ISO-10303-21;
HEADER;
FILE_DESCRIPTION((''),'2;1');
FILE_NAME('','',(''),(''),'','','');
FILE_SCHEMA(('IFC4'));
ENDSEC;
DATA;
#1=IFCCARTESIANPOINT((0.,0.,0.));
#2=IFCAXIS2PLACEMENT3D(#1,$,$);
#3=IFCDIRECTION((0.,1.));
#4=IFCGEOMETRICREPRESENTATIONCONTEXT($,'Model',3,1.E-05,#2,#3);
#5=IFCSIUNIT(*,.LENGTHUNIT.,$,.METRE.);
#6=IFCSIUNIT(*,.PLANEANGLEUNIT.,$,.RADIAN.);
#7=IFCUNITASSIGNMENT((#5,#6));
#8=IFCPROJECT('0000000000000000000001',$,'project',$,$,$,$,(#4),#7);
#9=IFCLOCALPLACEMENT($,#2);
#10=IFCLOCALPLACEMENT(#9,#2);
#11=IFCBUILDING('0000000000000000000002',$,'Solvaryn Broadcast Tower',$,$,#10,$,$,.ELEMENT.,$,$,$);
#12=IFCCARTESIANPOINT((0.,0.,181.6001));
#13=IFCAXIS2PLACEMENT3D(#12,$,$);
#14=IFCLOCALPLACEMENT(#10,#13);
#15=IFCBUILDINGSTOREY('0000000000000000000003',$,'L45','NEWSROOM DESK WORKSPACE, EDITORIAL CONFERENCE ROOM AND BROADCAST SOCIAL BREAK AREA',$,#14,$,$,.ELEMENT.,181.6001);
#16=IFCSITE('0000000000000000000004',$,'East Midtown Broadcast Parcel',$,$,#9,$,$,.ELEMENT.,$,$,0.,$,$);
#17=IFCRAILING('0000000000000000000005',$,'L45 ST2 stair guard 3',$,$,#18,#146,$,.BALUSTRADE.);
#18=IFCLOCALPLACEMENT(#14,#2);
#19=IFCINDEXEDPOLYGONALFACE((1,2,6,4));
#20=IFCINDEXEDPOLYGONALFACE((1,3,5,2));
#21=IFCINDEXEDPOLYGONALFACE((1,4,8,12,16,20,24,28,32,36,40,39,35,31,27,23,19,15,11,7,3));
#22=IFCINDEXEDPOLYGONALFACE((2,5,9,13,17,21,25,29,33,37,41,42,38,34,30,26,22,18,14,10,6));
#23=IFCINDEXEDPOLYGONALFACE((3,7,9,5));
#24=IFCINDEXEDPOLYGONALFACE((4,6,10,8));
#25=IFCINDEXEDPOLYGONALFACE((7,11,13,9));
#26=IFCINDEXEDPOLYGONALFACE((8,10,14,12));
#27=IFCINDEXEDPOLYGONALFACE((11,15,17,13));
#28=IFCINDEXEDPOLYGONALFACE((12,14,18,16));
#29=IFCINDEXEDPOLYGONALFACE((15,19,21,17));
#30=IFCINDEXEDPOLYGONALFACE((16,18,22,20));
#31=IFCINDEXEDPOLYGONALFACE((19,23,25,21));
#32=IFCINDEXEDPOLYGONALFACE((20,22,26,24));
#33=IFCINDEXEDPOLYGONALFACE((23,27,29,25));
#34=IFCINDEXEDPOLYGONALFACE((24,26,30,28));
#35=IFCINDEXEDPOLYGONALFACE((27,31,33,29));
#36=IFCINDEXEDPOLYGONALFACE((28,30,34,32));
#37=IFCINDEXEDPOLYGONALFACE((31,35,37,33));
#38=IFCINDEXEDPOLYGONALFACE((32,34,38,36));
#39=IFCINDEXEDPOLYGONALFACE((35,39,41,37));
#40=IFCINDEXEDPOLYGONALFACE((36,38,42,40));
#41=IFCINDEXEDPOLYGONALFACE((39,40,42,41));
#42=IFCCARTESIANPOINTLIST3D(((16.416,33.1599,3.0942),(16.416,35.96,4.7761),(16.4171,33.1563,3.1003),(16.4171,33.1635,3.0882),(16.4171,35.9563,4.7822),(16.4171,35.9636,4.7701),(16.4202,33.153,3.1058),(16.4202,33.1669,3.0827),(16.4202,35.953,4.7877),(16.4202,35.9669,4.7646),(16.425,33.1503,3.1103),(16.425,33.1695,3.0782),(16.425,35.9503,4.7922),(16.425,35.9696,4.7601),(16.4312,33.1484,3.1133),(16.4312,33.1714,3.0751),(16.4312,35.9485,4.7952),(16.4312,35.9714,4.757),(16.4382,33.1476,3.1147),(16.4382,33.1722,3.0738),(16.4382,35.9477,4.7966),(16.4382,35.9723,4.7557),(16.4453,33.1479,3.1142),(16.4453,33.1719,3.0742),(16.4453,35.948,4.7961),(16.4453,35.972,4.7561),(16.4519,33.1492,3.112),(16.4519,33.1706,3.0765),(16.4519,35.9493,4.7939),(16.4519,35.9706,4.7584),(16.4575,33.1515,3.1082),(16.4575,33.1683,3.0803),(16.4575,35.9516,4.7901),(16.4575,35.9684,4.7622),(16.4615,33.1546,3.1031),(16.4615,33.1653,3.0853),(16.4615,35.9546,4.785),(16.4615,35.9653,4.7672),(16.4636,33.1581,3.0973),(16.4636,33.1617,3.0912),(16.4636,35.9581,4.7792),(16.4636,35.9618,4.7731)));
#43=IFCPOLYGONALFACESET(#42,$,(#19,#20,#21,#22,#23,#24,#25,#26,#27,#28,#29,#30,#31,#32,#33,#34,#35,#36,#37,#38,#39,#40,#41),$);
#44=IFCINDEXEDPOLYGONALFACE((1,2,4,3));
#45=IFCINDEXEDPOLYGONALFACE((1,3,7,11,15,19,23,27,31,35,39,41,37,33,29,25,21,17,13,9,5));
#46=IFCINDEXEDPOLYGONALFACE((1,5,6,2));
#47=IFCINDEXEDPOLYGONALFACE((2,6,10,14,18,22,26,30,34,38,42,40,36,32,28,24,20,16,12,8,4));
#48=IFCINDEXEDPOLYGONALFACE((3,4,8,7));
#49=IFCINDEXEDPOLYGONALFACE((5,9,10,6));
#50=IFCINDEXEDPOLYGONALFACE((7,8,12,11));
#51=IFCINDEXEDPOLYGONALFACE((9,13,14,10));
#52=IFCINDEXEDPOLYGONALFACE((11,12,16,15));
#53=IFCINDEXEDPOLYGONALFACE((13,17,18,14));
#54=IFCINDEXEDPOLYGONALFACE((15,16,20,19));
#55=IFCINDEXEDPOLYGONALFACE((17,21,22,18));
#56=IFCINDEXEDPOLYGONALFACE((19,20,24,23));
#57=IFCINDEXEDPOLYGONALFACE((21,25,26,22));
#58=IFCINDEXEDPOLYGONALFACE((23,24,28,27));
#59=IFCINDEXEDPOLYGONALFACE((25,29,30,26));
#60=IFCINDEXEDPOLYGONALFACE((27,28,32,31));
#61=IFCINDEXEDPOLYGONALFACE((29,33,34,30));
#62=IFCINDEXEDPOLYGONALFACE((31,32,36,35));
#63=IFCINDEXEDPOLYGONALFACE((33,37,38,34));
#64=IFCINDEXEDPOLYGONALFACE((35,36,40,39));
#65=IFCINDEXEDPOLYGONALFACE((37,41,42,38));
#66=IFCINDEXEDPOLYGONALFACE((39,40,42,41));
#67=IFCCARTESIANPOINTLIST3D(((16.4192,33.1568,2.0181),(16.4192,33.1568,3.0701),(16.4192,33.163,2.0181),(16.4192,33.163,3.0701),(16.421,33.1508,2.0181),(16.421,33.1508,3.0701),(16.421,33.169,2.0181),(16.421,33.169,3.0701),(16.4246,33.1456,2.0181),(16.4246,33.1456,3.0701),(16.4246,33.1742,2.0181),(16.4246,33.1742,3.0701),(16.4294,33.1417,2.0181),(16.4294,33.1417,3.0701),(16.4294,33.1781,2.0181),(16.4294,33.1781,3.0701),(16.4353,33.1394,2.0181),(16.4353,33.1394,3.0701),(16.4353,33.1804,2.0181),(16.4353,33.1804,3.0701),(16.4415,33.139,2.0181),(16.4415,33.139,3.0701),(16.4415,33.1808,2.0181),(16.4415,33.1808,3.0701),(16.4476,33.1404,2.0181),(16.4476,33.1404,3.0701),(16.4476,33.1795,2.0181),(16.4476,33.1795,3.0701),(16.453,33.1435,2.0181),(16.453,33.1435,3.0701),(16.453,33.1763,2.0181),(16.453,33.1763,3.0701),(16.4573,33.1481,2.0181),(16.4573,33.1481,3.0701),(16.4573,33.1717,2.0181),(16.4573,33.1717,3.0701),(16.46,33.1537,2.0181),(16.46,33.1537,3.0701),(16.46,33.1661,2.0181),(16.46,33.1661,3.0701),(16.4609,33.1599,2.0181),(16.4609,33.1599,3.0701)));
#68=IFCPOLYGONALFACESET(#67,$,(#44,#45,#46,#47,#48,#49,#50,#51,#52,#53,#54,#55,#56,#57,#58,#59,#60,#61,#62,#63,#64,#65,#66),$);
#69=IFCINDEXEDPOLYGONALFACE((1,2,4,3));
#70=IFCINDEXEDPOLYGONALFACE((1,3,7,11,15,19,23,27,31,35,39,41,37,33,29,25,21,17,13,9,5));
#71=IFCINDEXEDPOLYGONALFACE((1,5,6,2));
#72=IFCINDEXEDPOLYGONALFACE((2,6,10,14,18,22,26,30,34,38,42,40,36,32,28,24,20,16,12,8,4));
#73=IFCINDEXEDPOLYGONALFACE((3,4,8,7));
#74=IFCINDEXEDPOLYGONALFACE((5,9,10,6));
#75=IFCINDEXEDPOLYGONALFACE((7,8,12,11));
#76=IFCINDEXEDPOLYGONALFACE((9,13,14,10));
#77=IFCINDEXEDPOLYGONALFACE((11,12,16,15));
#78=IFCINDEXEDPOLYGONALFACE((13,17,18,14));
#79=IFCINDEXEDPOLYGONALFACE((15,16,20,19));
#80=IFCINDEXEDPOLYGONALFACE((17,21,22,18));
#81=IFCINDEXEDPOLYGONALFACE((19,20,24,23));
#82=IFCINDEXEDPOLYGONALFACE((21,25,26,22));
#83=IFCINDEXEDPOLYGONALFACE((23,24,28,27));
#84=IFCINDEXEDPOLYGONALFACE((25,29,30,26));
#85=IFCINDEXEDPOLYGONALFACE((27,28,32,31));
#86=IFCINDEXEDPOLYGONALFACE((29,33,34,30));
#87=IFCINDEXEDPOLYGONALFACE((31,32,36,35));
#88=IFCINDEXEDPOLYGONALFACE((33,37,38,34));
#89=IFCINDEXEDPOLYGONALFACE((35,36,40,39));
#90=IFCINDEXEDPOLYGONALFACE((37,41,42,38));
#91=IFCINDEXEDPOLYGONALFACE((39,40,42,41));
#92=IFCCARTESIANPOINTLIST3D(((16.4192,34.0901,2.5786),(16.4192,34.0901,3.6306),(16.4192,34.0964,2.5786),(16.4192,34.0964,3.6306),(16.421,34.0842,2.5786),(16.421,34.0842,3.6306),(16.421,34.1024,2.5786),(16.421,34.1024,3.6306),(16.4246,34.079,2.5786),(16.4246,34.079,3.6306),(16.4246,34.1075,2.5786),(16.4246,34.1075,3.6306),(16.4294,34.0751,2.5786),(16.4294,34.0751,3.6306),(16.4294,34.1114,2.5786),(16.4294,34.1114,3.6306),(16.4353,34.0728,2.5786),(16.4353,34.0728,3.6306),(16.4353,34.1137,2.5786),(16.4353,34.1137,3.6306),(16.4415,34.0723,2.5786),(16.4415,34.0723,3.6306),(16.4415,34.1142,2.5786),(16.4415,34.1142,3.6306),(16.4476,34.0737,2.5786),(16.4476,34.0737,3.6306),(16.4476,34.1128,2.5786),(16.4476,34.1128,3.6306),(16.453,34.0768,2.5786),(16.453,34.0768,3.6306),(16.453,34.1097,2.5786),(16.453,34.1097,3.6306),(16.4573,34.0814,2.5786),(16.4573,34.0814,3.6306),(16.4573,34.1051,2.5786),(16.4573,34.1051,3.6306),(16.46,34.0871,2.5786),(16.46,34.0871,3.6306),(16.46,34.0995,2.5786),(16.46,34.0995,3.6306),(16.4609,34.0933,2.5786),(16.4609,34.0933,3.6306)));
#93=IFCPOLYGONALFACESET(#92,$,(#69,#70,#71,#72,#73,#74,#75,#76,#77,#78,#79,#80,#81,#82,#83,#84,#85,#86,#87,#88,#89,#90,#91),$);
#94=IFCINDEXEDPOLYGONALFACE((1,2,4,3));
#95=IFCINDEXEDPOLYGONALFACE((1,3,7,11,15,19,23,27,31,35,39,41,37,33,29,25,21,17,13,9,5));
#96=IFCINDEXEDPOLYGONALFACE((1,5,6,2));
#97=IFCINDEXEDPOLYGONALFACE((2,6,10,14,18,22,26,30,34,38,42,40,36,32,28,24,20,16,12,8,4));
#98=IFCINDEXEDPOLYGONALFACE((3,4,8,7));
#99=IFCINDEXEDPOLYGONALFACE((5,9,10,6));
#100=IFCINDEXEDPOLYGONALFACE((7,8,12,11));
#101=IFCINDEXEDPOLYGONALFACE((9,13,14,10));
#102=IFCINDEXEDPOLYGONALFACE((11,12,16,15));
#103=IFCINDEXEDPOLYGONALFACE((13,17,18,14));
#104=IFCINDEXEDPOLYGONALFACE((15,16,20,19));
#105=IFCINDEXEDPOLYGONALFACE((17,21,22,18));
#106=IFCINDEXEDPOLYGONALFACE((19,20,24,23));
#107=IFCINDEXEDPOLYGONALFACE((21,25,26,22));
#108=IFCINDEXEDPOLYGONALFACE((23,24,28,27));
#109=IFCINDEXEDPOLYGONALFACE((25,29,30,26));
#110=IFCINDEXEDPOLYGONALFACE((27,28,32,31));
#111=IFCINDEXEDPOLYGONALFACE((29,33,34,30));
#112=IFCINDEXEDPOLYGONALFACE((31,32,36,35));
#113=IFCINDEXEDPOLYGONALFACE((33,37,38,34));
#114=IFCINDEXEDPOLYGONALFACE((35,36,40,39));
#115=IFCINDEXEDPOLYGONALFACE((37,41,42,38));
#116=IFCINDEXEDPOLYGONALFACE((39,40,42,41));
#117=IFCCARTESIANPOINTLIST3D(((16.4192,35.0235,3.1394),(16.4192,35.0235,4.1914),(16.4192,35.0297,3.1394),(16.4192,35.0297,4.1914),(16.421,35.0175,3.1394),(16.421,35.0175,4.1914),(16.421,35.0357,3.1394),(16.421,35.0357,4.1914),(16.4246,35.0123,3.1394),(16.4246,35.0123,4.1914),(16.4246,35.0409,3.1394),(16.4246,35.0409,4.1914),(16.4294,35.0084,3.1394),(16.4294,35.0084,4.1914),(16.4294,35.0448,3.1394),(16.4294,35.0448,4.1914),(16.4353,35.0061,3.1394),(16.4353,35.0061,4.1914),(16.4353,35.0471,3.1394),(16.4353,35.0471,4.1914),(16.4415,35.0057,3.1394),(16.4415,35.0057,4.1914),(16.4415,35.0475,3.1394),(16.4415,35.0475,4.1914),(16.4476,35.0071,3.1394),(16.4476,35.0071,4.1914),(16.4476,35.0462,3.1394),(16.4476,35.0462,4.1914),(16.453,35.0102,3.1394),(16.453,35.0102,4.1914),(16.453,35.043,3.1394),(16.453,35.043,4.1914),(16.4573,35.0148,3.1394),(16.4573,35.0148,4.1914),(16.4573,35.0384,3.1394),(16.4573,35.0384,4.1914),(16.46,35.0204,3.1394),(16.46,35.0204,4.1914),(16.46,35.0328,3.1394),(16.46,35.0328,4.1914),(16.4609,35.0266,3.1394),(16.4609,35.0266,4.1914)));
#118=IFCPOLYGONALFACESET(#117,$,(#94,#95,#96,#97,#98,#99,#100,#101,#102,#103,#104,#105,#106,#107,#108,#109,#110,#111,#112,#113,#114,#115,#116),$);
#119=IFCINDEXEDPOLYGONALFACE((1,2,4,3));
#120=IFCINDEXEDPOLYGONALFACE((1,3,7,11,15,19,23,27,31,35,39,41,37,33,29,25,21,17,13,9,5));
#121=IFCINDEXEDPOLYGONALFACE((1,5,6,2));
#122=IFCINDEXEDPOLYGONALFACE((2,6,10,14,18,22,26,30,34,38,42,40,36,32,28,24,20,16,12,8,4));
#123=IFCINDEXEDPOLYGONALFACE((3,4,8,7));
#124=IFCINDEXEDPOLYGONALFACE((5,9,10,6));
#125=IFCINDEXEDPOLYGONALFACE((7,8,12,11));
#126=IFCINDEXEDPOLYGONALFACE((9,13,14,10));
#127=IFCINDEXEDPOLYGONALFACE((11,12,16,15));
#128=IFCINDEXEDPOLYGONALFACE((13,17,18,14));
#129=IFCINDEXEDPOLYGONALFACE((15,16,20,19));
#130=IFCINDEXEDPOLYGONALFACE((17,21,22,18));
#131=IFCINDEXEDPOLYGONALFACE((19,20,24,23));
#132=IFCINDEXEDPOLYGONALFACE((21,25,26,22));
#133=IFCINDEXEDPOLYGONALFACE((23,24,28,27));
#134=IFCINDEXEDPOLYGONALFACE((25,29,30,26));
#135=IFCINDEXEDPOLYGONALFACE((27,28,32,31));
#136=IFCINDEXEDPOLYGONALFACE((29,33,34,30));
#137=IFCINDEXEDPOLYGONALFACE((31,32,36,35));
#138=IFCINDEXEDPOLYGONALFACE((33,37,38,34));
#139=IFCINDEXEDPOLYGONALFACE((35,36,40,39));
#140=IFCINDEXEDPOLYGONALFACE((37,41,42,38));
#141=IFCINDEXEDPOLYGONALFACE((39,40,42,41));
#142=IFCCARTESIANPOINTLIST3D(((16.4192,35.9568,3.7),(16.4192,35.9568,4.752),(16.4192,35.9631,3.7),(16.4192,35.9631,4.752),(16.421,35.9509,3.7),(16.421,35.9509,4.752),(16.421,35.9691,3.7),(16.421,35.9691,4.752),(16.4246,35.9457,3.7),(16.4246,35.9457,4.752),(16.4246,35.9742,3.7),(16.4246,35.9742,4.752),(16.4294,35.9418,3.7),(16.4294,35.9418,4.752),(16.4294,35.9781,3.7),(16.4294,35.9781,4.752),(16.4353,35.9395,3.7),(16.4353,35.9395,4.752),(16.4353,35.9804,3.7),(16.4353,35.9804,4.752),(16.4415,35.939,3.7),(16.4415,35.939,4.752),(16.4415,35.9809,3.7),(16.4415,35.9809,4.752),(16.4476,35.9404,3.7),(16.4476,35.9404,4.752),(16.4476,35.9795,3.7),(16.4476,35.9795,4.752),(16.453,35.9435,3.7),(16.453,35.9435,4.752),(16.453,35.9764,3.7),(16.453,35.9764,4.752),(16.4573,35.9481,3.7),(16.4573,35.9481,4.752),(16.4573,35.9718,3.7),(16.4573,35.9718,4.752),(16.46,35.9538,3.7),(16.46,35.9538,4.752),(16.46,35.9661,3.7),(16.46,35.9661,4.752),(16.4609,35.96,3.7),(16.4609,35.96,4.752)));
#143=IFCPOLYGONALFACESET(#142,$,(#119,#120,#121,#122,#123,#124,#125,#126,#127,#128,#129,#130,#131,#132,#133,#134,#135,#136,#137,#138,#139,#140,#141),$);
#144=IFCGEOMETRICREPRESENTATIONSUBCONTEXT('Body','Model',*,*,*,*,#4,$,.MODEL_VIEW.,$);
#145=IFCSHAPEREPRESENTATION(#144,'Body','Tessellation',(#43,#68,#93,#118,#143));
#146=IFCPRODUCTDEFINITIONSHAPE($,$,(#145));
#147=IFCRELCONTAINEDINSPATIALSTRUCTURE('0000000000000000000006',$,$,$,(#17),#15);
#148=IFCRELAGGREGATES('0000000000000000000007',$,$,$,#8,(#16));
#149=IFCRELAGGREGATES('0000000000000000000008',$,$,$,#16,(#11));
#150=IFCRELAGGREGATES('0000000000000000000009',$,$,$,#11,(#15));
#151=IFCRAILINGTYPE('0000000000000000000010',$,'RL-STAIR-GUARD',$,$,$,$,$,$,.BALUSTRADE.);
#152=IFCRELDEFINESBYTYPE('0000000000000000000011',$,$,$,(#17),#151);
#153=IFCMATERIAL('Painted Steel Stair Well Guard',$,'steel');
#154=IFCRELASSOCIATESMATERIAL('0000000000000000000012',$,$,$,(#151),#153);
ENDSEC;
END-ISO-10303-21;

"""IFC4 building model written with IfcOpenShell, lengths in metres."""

from ifc_helpers import new_model, si_unit, direction, frame, origin, origin_2d, place, context, subcontext, project, spatial, circle, extrude, material, type_object, element, save


model = new_model("IFC4")

# Units and contexts
model_context = context("Model", 3, precision=1e-05, world=origin(), true_north=direction((0.0, 1.0)))
body_context = subcontext(model_context, "Body", "Model", "MODEL_VIEW")
ifc_project = project(units=[si_unit("LENGTHUNIT", "METRE"), si_unit("PLANEANGLEUNIT", "RADIAN")], contexts=[model_context])

# Site, building, storey
site_placement = place(None, origin())
site = spatial("IfcSite", under=ifc_project, at=site_placement, Name="East Midtown Broadcast Parcel", CompositionType="ELEMENT", RefElevation=0.0)
building_placement = place(site_placement, origin())
building = spatial("IfcBuilding", under=site, at=building_placement, Name="Solvaryn Broadcast Tower", CompositionType="ELEMENT")
storey_placement = place(building_placement, frame((0.0, 0.0, 181.6001)))
storey = spatial("IfcBuildingStorey", under=building, at=storey_placement, Name="L45", Description="NEWSROOM DESK WORKSPACE, EDITORIAL CONFERENCE ROOM AND BROADCAST SOCIAL BREAK AREA", CompositionType="ELEMENT", Elevation=181.6001)

# Railing
ifc_material_1 = material(Name="Painted Steel Stair Well Guard", Category="steel")
railing_type_1 = type_object("IfcRailingType", Name="RL-STAIR-GUARD", PredefinedType="BALUSTRADE", material=ifc_material_1)
railing_1_placement = place(storey_placement, frame((16.4399, 33.1599, 2.0181)))
element("IfcRailing", 1, at=railing_1_placement, inside=storey, type_object=railing_type_1, Name="L45 ST2 stair guard 3", PredefinedType="BALUSTRADE", context=body_context, shape_type="SweptSolid", body=[
    extrude(circle(Radius=0.0239, at=origin_2d()), frame((0.0, 0.0, 1.0762), z_axis=(0.0, 0.857242, 0.514913), x_axis=(-1.0, 0.0, 0.0)), (0.0, 0.0, 1.0), 3.2664),
    extrude(circle(Radius=0.021, at=origin_2d()), origin(), (0.0, 0.0, 1.0), 1.052),
    extrude(circle(Radius=0.021, at=origin_2d()), frame((0.0, 0.9333, 0.5605)), (0.0, 0.0, 1.0), 1.052),
    extrude(circle(Radius=0.021, at=origin_2d()), frame((0.0, 1.8667, 1.1213)), (0.0, 0.0, 1.0), 1.052),
    extrude(circle(Radius=0.021, at=origin_2d()), frame((0.0, 2.8, 1.6819)), (0.0, 0.0, 1.0), 1.052),
])

save(model, "model.ifc")
